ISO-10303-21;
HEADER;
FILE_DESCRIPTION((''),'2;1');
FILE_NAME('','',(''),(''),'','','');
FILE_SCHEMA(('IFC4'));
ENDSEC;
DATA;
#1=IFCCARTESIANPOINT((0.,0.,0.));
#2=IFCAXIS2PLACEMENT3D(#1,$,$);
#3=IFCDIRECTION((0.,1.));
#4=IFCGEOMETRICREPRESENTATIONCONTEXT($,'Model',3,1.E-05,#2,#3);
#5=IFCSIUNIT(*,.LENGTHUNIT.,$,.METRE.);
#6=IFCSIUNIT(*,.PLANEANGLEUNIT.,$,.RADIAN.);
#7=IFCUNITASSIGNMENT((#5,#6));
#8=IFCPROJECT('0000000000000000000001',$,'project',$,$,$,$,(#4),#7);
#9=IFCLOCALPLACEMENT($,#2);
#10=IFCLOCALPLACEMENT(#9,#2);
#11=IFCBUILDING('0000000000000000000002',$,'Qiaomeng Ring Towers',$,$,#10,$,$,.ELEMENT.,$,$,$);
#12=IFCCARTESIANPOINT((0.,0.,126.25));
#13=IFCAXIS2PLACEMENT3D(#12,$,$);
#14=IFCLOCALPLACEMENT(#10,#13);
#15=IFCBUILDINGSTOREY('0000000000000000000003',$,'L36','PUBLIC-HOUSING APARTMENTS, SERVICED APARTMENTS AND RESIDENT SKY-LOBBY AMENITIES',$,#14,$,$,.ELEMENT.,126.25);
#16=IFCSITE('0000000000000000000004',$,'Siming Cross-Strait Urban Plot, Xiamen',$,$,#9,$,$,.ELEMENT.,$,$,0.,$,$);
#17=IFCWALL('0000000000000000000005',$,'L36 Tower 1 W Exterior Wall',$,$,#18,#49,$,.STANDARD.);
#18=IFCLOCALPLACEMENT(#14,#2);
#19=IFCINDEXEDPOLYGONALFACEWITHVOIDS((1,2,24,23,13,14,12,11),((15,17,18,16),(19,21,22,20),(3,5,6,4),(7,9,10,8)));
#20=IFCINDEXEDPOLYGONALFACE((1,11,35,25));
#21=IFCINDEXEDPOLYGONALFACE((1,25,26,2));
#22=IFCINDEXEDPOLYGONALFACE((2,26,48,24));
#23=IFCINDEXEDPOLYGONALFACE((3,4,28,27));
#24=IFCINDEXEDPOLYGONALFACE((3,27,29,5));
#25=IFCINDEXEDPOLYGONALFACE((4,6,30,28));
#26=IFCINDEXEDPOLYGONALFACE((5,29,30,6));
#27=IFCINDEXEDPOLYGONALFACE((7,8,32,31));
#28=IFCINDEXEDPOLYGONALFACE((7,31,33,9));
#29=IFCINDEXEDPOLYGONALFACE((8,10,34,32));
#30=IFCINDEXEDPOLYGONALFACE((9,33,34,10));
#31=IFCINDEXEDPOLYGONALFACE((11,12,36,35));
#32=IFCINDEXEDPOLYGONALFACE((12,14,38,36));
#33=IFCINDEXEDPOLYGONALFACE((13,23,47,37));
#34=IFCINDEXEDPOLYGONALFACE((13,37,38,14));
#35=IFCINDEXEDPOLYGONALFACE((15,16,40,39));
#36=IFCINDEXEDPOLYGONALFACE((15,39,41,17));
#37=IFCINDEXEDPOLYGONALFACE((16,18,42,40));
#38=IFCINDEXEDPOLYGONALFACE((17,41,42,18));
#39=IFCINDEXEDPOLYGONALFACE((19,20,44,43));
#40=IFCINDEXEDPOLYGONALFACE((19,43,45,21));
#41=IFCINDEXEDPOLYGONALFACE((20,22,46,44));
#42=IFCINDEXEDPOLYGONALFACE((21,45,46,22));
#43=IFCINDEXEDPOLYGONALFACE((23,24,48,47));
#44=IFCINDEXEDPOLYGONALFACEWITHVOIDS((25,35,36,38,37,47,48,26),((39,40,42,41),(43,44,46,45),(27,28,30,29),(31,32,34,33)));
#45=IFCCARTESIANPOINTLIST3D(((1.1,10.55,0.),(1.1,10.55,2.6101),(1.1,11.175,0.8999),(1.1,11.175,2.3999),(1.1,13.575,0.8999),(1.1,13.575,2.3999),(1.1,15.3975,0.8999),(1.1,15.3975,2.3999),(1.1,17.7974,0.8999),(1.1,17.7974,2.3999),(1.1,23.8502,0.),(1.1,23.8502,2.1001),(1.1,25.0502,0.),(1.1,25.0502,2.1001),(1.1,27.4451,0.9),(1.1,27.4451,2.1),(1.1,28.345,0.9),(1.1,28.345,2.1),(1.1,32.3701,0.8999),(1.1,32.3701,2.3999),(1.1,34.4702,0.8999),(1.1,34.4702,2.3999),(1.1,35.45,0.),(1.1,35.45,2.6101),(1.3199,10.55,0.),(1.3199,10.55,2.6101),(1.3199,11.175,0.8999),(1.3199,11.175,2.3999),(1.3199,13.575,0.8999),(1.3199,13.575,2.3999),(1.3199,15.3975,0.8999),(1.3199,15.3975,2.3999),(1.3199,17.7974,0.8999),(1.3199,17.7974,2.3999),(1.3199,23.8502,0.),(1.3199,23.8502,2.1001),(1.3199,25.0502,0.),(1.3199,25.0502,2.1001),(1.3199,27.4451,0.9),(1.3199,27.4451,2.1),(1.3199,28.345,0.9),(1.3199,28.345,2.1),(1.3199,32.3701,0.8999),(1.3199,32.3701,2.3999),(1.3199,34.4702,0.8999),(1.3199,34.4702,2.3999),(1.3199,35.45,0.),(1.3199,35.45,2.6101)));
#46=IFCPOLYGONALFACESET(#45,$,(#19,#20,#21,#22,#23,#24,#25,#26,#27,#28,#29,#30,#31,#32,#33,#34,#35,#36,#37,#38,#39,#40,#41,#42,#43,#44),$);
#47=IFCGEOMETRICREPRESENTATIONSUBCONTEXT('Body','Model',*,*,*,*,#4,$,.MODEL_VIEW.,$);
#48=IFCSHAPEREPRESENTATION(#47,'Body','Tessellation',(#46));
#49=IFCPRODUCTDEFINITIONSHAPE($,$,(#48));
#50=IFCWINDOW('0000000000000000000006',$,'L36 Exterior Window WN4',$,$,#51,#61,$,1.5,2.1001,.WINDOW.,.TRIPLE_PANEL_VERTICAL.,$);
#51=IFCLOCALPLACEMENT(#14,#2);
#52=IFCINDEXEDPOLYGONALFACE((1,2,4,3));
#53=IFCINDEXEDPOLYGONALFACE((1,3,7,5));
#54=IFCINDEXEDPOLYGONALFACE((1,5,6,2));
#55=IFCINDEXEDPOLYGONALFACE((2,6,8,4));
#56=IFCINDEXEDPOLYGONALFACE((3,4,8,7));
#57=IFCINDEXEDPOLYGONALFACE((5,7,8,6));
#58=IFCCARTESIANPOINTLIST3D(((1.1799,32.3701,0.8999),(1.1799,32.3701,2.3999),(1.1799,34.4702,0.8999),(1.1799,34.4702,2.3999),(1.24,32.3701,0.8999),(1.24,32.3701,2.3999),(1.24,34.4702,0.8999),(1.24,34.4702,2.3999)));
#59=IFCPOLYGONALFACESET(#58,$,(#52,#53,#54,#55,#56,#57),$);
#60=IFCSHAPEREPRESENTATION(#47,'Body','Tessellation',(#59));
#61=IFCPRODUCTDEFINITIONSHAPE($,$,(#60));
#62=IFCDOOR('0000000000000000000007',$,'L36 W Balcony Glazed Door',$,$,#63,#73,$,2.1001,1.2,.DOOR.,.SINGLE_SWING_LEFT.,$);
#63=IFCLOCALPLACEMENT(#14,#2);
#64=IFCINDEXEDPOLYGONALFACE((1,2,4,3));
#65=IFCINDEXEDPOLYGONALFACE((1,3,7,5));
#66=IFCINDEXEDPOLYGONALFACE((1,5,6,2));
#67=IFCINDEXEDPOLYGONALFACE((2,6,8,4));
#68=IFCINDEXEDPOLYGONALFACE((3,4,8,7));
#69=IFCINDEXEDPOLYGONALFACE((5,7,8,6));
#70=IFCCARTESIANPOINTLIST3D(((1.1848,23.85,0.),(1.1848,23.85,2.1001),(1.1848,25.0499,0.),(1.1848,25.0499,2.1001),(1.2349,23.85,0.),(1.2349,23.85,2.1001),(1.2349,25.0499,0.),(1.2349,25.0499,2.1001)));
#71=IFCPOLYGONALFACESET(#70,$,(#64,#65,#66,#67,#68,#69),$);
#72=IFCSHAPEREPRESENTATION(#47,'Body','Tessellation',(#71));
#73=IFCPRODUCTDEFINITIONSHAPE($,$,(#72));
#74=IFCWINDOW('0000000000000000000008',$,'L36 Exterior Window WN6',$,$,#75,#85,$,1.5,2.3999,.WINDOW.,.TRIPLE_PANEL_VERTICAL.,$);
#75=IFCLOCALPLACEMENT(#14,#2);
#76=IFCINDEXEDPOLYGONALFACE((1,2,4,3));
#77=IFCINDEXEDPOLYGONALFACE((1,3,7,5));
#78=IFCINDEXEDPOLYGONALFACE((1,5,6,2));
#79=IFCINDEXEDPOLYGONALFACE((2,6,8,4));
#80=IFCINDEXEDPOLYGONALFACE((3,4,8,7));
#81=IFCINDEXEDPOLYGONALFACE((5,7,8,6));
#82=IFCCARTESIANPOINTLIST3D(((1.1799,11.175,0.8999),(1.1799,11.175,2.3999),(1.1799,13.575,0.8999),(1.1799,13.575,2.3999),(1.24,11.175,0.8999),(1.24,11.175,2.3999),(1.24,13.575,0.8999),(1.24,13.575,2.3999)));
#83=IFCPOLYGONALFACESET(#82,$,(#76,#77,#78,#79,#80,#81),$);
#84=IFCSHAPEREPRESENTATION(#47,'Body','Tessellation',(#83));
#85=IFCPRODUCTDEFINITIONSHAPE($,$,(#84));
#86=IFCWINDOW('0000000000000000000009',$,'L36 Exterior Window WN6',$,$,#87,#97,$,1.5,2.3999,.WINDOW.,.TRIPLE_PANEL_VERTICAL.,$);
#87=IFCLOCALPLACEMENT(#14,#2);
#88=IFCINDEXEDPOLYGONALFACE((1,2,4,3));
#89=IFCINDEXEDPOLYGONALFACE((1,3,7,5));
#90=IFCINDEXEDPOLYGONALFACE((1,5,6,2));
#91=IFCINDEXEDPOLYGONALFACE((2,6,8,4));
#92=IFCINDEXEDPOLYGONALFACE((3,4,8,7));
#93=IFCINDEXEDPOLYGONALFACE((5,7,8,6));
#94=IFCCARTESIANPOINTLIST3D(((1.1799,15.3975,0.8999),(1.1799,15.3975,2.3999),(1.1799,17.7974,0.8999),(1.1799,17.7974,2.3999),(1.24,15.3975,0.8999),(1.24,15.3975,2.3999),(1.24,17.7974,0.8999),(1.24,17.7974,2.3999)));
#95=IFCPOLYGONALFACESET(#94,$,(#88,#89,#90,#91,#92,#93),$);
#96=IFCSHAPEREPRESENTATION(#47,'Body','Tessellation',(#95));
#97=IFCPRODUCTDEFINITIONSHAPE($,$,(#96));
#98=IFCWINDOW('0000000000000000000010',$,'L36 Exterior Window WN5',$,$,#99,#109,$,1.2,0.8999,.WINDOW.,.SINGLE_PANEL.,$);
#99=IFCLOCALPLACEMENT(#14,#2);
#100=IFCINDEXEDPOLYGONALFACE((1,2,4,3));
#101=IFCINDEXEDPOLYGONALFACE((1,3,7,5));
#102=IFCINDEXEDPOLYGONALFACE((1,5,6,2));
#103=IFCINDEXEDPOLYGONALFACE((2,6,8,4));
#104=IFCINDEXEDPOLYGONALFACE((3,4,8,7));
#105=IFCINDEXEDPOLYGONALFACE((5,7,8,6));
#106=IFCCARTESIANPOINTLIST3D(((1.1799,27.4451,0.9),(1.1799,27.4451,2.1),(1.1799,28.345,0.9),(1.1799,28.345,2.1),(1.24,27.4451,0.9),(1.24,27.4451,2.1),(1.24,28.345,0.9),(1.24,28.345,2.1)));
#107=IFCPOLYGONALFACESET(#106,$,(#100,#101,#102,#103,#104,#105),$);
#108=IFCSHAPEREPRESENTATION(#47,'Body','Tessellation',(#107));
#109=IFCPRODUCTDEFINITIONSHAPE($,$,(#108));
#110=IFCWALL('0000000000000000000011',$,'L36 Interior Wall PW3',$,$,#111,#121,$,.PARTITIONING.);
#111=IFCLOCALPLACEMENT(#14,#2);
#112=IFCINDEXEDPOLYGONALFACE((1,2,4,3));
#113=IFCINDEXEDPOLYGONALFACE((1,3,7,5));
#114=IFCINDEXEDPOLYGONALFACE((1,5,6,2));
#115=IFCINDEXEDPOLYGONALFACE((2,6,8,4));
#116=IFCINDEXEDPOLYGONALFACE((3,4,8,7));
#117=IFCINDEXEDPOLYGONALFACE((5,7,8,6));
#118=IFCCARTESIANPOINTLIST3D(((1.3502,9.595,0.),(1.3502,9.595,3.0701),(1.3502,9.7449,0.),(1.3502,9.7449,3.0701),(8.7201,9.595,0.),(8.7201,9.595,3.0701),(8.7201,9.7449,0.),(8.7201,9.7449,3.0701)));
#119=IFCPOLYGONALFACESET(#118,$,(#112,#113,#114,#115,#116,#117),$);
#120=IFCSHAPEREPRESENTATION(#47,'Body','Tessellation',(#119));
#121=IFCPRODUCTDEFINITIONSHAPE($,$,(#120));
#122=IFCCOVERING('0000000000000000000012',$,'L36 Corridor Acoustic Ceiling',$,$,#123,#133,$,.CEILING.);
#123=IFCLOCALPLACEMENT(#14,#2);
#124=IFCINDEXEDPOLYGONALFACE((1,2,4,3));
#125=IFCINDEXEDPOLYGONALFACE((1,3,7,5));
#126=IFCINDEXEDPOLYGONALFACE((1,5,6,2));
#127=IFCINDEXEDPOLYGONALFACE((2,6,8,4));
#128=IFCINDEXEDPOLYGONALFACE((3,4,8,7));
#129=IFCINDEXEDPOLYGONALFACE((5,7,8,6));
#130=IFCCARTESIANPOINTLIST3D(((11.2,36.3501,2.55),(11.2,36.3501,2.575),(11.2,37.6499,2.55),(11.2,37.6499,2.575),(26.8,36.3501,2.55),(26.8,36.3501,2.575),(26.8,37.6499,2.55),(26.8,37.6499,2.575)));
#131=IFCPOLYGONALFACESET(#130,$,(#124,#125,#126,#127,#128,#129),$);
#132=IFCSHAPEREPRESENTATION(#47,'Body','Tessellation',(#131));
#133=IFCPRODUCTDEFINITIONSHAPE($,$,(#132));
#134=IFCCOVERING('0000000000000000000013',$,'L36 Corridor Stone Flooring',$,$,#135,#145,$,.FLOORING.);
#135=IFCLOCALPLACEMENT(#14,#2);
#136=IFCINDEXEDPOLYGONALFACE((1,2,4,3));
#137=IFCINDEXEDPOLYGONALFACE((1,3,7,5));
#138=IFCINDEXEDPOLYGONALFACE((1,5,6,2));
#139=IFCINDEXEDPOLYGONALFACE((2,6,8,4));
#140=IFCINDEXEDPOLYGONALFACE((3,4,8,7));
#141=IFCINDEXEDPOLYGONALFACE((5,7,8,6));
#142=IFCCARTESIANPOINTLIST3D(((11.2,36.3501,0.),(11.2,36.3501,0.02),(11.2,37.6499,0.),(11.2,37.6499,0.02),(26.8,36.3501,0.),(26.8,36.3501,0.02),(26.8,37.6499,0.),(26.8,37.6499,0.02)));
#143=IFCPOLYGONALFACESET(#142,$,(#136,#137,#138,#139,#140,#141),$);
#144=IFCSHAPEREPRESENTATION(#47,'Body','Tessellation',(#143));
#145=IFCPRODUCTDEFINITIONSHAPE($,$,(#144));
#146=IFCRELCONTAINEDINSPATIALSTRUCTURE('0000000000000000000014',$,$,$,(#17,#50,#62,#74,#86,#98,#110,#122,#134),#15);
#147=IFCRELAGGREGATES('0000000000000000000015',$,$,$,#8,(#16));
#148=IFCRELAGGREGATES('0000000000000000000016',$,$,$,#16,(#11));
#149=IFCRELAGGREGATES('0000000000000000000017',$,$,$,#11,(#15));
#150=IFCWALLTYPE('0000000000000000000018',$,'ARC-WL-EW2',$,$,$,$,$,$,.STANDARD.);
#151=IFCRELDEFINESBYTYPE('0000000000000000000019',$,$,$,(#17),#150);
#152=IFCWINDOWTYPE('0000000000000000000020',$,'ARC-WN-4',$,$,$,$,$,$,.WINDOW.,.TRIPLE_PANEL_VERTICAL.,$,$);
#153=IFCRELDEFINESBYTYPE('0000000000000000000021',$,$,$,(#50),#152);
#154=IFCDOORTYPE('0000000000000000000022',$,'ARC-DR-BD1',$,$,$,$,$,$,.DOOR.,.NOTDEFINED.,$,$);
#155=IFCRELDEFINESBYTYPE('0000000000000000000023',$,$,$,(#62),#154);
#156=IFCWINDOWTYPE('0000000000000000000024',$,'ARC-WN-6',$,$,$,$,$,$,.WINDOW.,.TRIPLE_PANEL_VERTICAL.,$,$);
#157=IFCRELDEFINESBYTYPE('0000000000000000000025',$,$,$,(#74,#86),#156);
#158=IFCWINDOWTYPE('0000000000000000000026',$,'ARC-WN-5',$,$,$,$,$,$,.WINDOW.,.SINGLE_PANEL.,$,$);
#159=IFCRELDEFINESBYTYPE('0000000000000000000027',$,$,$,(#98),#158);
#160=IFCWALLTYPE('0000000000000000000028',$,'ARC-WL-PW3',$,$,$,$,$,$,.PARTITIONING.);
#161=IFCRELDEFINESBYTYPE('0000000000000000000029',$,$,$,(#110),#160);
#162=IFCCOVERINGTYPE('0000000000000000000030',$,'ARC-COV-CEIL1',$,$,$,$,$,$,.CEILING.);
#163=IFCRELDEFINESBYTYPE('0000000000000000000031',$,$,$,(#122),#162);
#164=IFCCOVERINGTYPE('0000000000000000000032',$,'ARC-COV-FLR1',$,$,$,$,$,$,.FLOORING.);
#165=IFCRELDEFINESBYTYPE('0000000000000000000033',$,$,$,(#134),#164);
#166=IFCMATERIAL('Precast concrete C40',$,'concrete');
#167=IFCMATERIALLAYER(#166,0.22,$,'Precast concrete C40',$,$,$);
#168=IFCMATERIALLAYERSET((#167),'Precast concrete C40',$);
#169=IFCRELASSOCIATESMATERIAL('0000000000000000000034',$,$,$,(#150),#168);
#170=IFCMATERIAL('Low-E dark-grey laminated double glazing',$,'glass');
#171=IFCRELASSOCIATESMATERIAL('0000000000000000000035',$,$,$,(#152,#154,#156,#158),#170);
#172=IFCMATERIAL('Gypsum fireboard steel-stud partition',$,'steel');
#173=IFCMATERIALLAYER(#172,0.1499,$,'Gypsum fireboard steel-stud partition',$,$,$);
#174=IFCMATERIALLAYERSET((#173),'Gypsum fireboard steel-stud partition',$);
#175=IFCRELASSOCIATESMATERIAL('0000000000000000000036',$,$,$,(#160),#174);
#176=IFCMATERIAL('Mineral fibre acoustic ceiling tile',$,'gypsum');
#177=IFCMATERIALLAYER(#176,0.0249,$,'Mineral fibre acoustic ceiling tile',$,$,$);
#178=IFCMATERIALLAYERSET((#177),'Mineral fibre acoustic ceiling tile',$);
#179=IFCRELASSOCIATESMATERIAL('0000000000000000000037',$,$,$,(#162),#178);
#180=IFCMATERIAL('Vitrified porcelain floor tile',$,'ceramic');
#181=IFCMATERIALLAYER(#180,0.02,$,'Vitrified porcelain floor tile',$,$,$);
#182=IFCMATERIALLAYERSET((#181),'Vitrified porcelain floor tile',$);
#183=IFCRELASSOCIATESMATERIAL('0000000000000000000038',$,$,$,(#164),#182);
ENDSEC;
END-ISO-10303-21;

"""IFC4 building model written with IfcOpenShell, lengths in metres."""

from ifc_helpers import new_model, si_unit, direction, frame, frame_2d, origin, place, context, subcontext, project, spatial, polyline, rectangle, outline, extrude, source, transform, mapped, material, layer, layer_set, type_object, element, fill, save


model = new_model("IFC4")

# Units and contexts
model_context = context("Model", 3, precision=1e-05, world=origin(), true_north=direction((0.0, 1.0)))
body_context = subcontext(model_context, "Body", "Model", "MODEL_VIEW")
ifc_project = project(units=[si_unit("LENGTHUNIT", "METRE"), si_unit("PLANEANGLEUNIT", "RADIAN")], contexts=[model_context])

# Site, building, storey
site_placement = place(None, origin())
site = spatial("IfcSite", under=ifc_project, at=site_placement, Name="Siming Cross-Strait Urban Plot, Xiamen", CompositionType="ELEMENT", RefElevation=0.0)
building_placement = place(site_placement, origin())
building = spatial("IfcBuilding", under=site, at=building_placement, Name="Qiaomeng Ring Towers", CompositionType="ELEMENT")
storey_placement = place(building_placement, frame((0.0, 0.0, 126.25)))
storey = spatial("IfcBuildingStorey", under=building, at=storey_placement, Name="L36", Description="PUBLIC-HOUSING APARTMENTS, SERVICED APARTMENTS AND RESIDENT SKY-LOBBY AMENITIES", CompositionType="ELEMENT", Elevation=126.25)

# Shared definitions
ifc_material_1 = material(Name="Precast concrete C40", Category="concrete")

# Wall, openings, windows, door
ifc_layer_1 = layer(ifc_material_1, 0.22, Name="Precast concrete C40")
ifc_layer_set_1 = layer_set([ifc_layer_1], Name="Precast concrete C40")
wall_type_1 = type_object("IfcWallType", Name="ARC-WL-EW2", PredefinedType="STANDARD", material=ifc_layer_set_1)
wall_1_placement = place(storey_placement, frame((1.21, 10.55, 0.0), z_axis=(0.0, 0.0, 1.0), x_axis=(0.0, 1.0, 0.0)))
wall_1 = element("IfcWall", 1, at=wall_1_placement, inside=storey, type_object=wall_type_1, Name="L36 Tower 1 W Exterior Wall", PredefinedType="STANDARD", context=body_context, shape_type="SweptSolid", body=[
    extrude(rectangle(XDim=24.8999, YDim=0.22, at=frame_2d((12.45, 0.0))), origin(), (0.0, 0.0, 1.0), 2.6101),
])
opening_1_placement = place(wall_1_placement, frame((13.3, 0.0, 0.0)))
opening_1 = element("IfcOpeningElement", 2, at=opening_1_placement, cuts=wall_1, PredefinedType="OPENING", context=body_context, shape_type="SweptSolid", body=[
    extrude(rectangle(XDim=1.2, YDim=2.1001, at=frame_2d((0.6001, 1.05))), frame((0.0, 0.1199, 0.0), z_axis=(0.0, -1.0, 0.0), x_axis=(1.0, 0.0, 0.0)), (0.0, 0.0, 1.0), 0.24),
])
opening_2_placement = place(wall_1_placement, frame((0.625, 0.0, 0.8999)))
opening_2 = element("IfcOpeningElement", 3, at=opening_2_placement, cuts=wall_1, PredefinedType="OPENING", context=body_context, shape_type="SweptSolid", body=[
    extrude(rectangle(XDim=2.3999, YDim=1.5, at=frame_2d((1.2, 0.75))), frame((0.0, 0.1199, 0.0), z_axis=(0.0, -1.0, 0.0), x_axis=(1.0, 0.0, 0.0)), (0.0, 0.0, 1.0), 0.24),
])
opening_3_placement = place(wall_1_placement, frame((21.8201, 0.0, 0.8999)))
opening_3 = element("IfcOpeningElement", 4, at=opening_3_placement, cuts=wall_1, PredefinedType="OPENING", context=body_context, shape_type="SweptSolid", body=[
    extrude(rectangle(XDim=2.1001, YDim=1.5, at=frame_2d((1.05, 0.75))), frame((0.0, 0.1199, 0.0), z_axis=(0.0, -1.0, 0.0), x_axis=(1.0, 0.0, 0.0)), (0.0, 0.0, 1.0), 0.24),
])
opening_4_placement = place(wall_1_placement, frame((4.8474, 0.0, 0.8999)))
opening_4 = element("IfcOpeningElement", 5, at=opening_4_placement, cuts=wall_1, PredefinedType="OPENING", context=body_context, shape_type="SweptSolid", body=[
    extrude(rectangle(XDim=2.3999, YDim=1.5, at=frame_2d((1.2, 0.75))), frame((0.0, 0.1199, 0.0), z_axis=(0.0, -1.0, 0.0), x_axis=(1.0, 0.0, 0.0)), (0.0, 0.0, 1.0), 0.24),
])
opening_5_placement = place(wall_1_placement, frame((16.895, 0.0, 0.8999)))
opening_5 = element("IfcOpeningElement", 6, at=opening_5_placement, cuts=wall_1, PredefinedType="OPENING", context=body_context, shape_type="SweptSolid", body=[
    extrude(rectangle(XDim=0.8999, YDim=1.2, at=frame_2d((0.45, 0.6001))), frame((0.0, 0.1199, 0.0), z_axis=(0.0, -1.0, 0.0), x_axis=(1.0, 0.0, 0.0)), (0.0, 0.0, 1.0), 0.24),
])
ifc_material_2 = material(Name="Low-E dark-grey laminated double glazing", Category="glass")
window_type_1 = type_object("IfcWindowType", Name="ARC-WN-4", PartitioningType="TRIPLE_PANEL_VERTICAL", PredefinedType="WINDOW", material=ifc_material_2)
shared_shape_1 = source(origin(), body_context, "Body", "SweptSolid", [
    extrude(rectangle(XDim=2.1001, YDim=1.5, at=frame_2d((1.05, 0.75))), frame((0.0, 0.03, 0.0), z_axis=(0.0, -1.0, 0.0), x_axis=(1.0, 0.0, 0.0)), (0.0, 0.0, 1.0), 0.0601),
])
window_1_placement = place(opening_3_placement, origin())
window_1 = element("IfcWindow", 7, at=window_1_placement, inside=storey, type_object=window_type_1, Name="L36 Exterior Window WN4", OverallHeight=1.5, OverallWidth=2.1001, PartitioningType="TRIPLE_PANEL_VERTICAL", PredefinedType="WINDOW", context=body_context, shape_type="MappedRepresentation", body=[
    mapped(shared_shape_1, transform((0.0, 0.0, 0.0), x_axis=(1.0, 0.0, 0.0), y_axis=(0.0, 1.0, 0.0), z_axis=(0.0, 0.0, 1.0), scale=1.0)),
])
fill(opening_3, window_1)
door_type = type_object("IfcDoorType", Name="ARC-DR-BD1", OperationType="NOTDEFINED", PredefinedType="DOOR", material=ifc_material_2)
shared_shape_2 = source(origin(), body_context, "Body", "SweptSolid", [
    extrude(rectangle(XDim=1.2, YDim=2.1001, at=frame_2d((0.6001, 1.05))), frame((0.0, 0.0249, 0.0), z_axis=(0.0, -1.0, 0.0), x_axis=(1.0, 0.0, 0.0)), (0.0, 0.0, 1.0), 0.05),
])
door_placement = place(opening_1_placement, frame((1.2, 0.0, 0.0), z_axis=(0.0, 0.0, 1.0), x_axis=(-1.0, 0.0, 0.0)))
door = element("IfcDoor", 8, at=door_placement, inside=storey, type_object=door_type, Name="L36 W Balcony Glazed Door", OperationType="SINGLE_SWING_LEFT", OverallHeight=2.1001, OverallWidth=1.2, PredefinedType="DOOR", context=body_context, shape_type="MappedRepresentation", body=[
    mapped(shared_shape_2, transform((0.0, 0.0, 0.0), x_axis=(1.0, 0.0, 0.0), y_axis=(0.0, 1.0, 0.0), z_axis=(0.0, 0.0, 1.0), scale=1.0)),
])
fill(opening_1, door)
window_type_2 = type_object("IfcWindowType", Name="ARC-WN-6", PartitioningType="TRIPLE_PANEL_VERTICAL", PredefinedType="WINDOW", material=ifc_material_2)
shared_shape_3 = source(origin(), body_context, "Body", "SweptSolid", [
    extrude(rectangle(XDim=2.3999, YDim=1.5, at=frame_2d((1.2, 0.75))), frame((0.0, 0.03, 0.0), z_axis=(0.0, -1.0, 0.0), x_axis=(1.0, 0.0, 0.0)), (0.0, 0.0, 1.0), 0.0601),
])
window_2_placement = place(opening_2_placement, origin())
window_2 = element("IfcWindow", 9, at=window_2_placement, inside=storey, type_object=window_type_2, Name="L36 Exterior Window WN6", OverallHeight=1.5, OverallWidth=2.3999, PartitioningType="TRIPLE_PANEL_VERTICAL", PredefinedType="WINDOW", context=body_context, shape_type="MappedRepresentation", body=[
    mapped(shared_shape_3, transform((0.0, 0.0, 0.0), x_axis=(1.0, 0.0, 0.0), y_axis=(0.0, 1.0, 0.0), z_axis=(0.0, 0.0, 1.0), scale=1.0)),
])
fill(opening_2, window_2)
window_3_placement = place(opening_4_placement, origin())
window_3 = element("IfcWindow", 10, at=window_3_placement, inside=storey, type_object=window_type_2, Name="L36 Exterior Window WN6", OverallHeight=1.5, OverallWidth=2.3999, PartitioningType="TRIPLE_PANEL_VERTICAL", PredefinedType="WINDOW", context=body_context, shape_type="MappedRepresentation", body=[
    mapped(shared_shape_3, transform((0.0, 0.0, 0.0), x_axis=(1.0, 0.0, 0.0), y_axis=(0.0, 1.0, 0.0), z_axis=(0.0, 0.0, 1.0), scale=1.0)),
])
fill(opening_4, window_3)
window_type_3 = type_object("IfcWindowType", Name="ARC-WN-5", PartitioningType="SINGLE_PANEL", PredefinedType="WINDOW", material=ifc_material_2)
shared_shape_4 = source(origin(), body_context, "Body", "SweptSolid", [
    extrude(rectangle(XDim=0.8999, YDim=1.2, at=frame_2d((0.45, 0.6001))), frame((0.0, 0.03, 0.0), z_axis=(0.0, -1.0, 0.0), x_axis=(1.0, 0.0, 0.0)), (0.0, 0.0, 1.0), 0.0601),
])
window_4_placement = place(opening_5_placement, origin())
window_4 = element("IfcWindow", 11, at=window_4_placement, inside=storey, type_object=window_type_3, Name="L36 Exterior Window WN5", OverallHeight=1.2, OverallWidth=0.8999, PartitioningType="SINGLE_PANEL", PredefinedType="WINDOW", context=body_context, shape_type="MappedRepresentation", body=[
    mapped(shared_shape_4, transform((0.0, 0.0, 0.0), x_axis=(1.0, 0.0, 0.0), y_axis=(0.0, 1.0, 0.0), z_axis=(0.0, 0.0, 1.0), scale=1.0)),
])
fill(opening_5, window_4)

# Wall
ifc_material_3 = material(Name="Gypsum fireboard steel-stud partition", Category="steel")
ifc_layer_2 = layer(ifc_material_3, 0.1499, Name="Gypsum fireboard steel-stud partition")
ifc_layer_set_2 = layer_set([ifc_layer_2], Name="Gypsum fireboard steel-stud partition")
wall_type_2 = type_object("IfcWallType", Name="ARC-WL-PW3", PredefinedType="PARTITIONING", material=ifc_layer_set_2)
wall_2_placement = place(storey_placement, frame((1.3501, 9.6699, 0.0), z_axis=(0.0, 0.0, 1.0), x_axis=(1.0, 0.0, 0.0)))
element("IfcWall", 12, at=wall_2_placement, inside=storey, type_object=wall_type_2, Name="L36 Interior Wall PW3", PredefinedType="PARTITIONING", context=body_context, shape_type="SweptSolid", body=[
    extrude(rectangle(XDim=7.3699, YDim=0.1499, at=frame_2d((3.6851, 0.0))), origin(), (0.0, 0.0, 1.0), 3.0701),
])

# Coverings
ifc_material_4 = material(Name="Mineral fibre acoustic ceiling tile", Category="gypsum")
ifc_layer_3 = layer(ifc_material_4, 0.0249, Name="Mineral fibre acoustic ceiling tile")
ifc_layer_set_3 = layer_set([ifc_layer_3], Name="Mineral fibre acoustic ceiling tile")
covering_type_1 = type_object("IfcCoveringType", Name="ARC-COV-CEIL1", PredefinedType="CEILING", material=ifc_layer_set_3)
covering_1_placement = place(storey_placement, frame((0.0, 0.0, 2.55)))
element("IfcCovering", 13, at=covering_1_placement, inside=storey, type_object=covering_type_1, Name="L36 Corridor Acoustic Ceiling", PredefinedType="CEILING", context=body_context, shape_type="SweptSolid", body=[
    extrude(outline(polyline([(11.2, 36.3501), (11.2, 37.6499), (26.8, 37.6499), (26.8, 36.3501), (11.2, 36.3501)])), origin(), (0.0, 0.0, 1.0), 0.0249),
])
ifc_material_5 = material(Name="Vitrified porcelain floor tile", Category="ceramic")
ifc_layer_4 = layer(ifc_material_5, 0.02, Name="Vitrified porcelain floor tile")
ifc_layer_set_4 = layer_set([ifc_layer_4], Name="Vitrified porcelain floor tile")
covering_type_2 = type_object("IfcCoveringType", Name="ARC-COV-FLR1", PredefinedType="FLOORING", material=ifc_layer_set_4)
covering_2_placement = place(storey_placement, origin())
element("IfcCovering", 14, at=covering_2_placement, inside=storey, type_object=covering_type_2, Name="L36 Corridor Stone Flooring", PredefinedType="FLOORING", context=body_context, shape_type="SweptSolid", body=[
    extrude(outline(polyline([(11.2, 36.3501), (11.2, 37.6499), (26.8, 37.6499), (26.8, 36.3501), (11.2, 36.3501)])), origin(), (0.0, 0.0, 1.0), 0.02),
])

save(model, "model.ifc")
